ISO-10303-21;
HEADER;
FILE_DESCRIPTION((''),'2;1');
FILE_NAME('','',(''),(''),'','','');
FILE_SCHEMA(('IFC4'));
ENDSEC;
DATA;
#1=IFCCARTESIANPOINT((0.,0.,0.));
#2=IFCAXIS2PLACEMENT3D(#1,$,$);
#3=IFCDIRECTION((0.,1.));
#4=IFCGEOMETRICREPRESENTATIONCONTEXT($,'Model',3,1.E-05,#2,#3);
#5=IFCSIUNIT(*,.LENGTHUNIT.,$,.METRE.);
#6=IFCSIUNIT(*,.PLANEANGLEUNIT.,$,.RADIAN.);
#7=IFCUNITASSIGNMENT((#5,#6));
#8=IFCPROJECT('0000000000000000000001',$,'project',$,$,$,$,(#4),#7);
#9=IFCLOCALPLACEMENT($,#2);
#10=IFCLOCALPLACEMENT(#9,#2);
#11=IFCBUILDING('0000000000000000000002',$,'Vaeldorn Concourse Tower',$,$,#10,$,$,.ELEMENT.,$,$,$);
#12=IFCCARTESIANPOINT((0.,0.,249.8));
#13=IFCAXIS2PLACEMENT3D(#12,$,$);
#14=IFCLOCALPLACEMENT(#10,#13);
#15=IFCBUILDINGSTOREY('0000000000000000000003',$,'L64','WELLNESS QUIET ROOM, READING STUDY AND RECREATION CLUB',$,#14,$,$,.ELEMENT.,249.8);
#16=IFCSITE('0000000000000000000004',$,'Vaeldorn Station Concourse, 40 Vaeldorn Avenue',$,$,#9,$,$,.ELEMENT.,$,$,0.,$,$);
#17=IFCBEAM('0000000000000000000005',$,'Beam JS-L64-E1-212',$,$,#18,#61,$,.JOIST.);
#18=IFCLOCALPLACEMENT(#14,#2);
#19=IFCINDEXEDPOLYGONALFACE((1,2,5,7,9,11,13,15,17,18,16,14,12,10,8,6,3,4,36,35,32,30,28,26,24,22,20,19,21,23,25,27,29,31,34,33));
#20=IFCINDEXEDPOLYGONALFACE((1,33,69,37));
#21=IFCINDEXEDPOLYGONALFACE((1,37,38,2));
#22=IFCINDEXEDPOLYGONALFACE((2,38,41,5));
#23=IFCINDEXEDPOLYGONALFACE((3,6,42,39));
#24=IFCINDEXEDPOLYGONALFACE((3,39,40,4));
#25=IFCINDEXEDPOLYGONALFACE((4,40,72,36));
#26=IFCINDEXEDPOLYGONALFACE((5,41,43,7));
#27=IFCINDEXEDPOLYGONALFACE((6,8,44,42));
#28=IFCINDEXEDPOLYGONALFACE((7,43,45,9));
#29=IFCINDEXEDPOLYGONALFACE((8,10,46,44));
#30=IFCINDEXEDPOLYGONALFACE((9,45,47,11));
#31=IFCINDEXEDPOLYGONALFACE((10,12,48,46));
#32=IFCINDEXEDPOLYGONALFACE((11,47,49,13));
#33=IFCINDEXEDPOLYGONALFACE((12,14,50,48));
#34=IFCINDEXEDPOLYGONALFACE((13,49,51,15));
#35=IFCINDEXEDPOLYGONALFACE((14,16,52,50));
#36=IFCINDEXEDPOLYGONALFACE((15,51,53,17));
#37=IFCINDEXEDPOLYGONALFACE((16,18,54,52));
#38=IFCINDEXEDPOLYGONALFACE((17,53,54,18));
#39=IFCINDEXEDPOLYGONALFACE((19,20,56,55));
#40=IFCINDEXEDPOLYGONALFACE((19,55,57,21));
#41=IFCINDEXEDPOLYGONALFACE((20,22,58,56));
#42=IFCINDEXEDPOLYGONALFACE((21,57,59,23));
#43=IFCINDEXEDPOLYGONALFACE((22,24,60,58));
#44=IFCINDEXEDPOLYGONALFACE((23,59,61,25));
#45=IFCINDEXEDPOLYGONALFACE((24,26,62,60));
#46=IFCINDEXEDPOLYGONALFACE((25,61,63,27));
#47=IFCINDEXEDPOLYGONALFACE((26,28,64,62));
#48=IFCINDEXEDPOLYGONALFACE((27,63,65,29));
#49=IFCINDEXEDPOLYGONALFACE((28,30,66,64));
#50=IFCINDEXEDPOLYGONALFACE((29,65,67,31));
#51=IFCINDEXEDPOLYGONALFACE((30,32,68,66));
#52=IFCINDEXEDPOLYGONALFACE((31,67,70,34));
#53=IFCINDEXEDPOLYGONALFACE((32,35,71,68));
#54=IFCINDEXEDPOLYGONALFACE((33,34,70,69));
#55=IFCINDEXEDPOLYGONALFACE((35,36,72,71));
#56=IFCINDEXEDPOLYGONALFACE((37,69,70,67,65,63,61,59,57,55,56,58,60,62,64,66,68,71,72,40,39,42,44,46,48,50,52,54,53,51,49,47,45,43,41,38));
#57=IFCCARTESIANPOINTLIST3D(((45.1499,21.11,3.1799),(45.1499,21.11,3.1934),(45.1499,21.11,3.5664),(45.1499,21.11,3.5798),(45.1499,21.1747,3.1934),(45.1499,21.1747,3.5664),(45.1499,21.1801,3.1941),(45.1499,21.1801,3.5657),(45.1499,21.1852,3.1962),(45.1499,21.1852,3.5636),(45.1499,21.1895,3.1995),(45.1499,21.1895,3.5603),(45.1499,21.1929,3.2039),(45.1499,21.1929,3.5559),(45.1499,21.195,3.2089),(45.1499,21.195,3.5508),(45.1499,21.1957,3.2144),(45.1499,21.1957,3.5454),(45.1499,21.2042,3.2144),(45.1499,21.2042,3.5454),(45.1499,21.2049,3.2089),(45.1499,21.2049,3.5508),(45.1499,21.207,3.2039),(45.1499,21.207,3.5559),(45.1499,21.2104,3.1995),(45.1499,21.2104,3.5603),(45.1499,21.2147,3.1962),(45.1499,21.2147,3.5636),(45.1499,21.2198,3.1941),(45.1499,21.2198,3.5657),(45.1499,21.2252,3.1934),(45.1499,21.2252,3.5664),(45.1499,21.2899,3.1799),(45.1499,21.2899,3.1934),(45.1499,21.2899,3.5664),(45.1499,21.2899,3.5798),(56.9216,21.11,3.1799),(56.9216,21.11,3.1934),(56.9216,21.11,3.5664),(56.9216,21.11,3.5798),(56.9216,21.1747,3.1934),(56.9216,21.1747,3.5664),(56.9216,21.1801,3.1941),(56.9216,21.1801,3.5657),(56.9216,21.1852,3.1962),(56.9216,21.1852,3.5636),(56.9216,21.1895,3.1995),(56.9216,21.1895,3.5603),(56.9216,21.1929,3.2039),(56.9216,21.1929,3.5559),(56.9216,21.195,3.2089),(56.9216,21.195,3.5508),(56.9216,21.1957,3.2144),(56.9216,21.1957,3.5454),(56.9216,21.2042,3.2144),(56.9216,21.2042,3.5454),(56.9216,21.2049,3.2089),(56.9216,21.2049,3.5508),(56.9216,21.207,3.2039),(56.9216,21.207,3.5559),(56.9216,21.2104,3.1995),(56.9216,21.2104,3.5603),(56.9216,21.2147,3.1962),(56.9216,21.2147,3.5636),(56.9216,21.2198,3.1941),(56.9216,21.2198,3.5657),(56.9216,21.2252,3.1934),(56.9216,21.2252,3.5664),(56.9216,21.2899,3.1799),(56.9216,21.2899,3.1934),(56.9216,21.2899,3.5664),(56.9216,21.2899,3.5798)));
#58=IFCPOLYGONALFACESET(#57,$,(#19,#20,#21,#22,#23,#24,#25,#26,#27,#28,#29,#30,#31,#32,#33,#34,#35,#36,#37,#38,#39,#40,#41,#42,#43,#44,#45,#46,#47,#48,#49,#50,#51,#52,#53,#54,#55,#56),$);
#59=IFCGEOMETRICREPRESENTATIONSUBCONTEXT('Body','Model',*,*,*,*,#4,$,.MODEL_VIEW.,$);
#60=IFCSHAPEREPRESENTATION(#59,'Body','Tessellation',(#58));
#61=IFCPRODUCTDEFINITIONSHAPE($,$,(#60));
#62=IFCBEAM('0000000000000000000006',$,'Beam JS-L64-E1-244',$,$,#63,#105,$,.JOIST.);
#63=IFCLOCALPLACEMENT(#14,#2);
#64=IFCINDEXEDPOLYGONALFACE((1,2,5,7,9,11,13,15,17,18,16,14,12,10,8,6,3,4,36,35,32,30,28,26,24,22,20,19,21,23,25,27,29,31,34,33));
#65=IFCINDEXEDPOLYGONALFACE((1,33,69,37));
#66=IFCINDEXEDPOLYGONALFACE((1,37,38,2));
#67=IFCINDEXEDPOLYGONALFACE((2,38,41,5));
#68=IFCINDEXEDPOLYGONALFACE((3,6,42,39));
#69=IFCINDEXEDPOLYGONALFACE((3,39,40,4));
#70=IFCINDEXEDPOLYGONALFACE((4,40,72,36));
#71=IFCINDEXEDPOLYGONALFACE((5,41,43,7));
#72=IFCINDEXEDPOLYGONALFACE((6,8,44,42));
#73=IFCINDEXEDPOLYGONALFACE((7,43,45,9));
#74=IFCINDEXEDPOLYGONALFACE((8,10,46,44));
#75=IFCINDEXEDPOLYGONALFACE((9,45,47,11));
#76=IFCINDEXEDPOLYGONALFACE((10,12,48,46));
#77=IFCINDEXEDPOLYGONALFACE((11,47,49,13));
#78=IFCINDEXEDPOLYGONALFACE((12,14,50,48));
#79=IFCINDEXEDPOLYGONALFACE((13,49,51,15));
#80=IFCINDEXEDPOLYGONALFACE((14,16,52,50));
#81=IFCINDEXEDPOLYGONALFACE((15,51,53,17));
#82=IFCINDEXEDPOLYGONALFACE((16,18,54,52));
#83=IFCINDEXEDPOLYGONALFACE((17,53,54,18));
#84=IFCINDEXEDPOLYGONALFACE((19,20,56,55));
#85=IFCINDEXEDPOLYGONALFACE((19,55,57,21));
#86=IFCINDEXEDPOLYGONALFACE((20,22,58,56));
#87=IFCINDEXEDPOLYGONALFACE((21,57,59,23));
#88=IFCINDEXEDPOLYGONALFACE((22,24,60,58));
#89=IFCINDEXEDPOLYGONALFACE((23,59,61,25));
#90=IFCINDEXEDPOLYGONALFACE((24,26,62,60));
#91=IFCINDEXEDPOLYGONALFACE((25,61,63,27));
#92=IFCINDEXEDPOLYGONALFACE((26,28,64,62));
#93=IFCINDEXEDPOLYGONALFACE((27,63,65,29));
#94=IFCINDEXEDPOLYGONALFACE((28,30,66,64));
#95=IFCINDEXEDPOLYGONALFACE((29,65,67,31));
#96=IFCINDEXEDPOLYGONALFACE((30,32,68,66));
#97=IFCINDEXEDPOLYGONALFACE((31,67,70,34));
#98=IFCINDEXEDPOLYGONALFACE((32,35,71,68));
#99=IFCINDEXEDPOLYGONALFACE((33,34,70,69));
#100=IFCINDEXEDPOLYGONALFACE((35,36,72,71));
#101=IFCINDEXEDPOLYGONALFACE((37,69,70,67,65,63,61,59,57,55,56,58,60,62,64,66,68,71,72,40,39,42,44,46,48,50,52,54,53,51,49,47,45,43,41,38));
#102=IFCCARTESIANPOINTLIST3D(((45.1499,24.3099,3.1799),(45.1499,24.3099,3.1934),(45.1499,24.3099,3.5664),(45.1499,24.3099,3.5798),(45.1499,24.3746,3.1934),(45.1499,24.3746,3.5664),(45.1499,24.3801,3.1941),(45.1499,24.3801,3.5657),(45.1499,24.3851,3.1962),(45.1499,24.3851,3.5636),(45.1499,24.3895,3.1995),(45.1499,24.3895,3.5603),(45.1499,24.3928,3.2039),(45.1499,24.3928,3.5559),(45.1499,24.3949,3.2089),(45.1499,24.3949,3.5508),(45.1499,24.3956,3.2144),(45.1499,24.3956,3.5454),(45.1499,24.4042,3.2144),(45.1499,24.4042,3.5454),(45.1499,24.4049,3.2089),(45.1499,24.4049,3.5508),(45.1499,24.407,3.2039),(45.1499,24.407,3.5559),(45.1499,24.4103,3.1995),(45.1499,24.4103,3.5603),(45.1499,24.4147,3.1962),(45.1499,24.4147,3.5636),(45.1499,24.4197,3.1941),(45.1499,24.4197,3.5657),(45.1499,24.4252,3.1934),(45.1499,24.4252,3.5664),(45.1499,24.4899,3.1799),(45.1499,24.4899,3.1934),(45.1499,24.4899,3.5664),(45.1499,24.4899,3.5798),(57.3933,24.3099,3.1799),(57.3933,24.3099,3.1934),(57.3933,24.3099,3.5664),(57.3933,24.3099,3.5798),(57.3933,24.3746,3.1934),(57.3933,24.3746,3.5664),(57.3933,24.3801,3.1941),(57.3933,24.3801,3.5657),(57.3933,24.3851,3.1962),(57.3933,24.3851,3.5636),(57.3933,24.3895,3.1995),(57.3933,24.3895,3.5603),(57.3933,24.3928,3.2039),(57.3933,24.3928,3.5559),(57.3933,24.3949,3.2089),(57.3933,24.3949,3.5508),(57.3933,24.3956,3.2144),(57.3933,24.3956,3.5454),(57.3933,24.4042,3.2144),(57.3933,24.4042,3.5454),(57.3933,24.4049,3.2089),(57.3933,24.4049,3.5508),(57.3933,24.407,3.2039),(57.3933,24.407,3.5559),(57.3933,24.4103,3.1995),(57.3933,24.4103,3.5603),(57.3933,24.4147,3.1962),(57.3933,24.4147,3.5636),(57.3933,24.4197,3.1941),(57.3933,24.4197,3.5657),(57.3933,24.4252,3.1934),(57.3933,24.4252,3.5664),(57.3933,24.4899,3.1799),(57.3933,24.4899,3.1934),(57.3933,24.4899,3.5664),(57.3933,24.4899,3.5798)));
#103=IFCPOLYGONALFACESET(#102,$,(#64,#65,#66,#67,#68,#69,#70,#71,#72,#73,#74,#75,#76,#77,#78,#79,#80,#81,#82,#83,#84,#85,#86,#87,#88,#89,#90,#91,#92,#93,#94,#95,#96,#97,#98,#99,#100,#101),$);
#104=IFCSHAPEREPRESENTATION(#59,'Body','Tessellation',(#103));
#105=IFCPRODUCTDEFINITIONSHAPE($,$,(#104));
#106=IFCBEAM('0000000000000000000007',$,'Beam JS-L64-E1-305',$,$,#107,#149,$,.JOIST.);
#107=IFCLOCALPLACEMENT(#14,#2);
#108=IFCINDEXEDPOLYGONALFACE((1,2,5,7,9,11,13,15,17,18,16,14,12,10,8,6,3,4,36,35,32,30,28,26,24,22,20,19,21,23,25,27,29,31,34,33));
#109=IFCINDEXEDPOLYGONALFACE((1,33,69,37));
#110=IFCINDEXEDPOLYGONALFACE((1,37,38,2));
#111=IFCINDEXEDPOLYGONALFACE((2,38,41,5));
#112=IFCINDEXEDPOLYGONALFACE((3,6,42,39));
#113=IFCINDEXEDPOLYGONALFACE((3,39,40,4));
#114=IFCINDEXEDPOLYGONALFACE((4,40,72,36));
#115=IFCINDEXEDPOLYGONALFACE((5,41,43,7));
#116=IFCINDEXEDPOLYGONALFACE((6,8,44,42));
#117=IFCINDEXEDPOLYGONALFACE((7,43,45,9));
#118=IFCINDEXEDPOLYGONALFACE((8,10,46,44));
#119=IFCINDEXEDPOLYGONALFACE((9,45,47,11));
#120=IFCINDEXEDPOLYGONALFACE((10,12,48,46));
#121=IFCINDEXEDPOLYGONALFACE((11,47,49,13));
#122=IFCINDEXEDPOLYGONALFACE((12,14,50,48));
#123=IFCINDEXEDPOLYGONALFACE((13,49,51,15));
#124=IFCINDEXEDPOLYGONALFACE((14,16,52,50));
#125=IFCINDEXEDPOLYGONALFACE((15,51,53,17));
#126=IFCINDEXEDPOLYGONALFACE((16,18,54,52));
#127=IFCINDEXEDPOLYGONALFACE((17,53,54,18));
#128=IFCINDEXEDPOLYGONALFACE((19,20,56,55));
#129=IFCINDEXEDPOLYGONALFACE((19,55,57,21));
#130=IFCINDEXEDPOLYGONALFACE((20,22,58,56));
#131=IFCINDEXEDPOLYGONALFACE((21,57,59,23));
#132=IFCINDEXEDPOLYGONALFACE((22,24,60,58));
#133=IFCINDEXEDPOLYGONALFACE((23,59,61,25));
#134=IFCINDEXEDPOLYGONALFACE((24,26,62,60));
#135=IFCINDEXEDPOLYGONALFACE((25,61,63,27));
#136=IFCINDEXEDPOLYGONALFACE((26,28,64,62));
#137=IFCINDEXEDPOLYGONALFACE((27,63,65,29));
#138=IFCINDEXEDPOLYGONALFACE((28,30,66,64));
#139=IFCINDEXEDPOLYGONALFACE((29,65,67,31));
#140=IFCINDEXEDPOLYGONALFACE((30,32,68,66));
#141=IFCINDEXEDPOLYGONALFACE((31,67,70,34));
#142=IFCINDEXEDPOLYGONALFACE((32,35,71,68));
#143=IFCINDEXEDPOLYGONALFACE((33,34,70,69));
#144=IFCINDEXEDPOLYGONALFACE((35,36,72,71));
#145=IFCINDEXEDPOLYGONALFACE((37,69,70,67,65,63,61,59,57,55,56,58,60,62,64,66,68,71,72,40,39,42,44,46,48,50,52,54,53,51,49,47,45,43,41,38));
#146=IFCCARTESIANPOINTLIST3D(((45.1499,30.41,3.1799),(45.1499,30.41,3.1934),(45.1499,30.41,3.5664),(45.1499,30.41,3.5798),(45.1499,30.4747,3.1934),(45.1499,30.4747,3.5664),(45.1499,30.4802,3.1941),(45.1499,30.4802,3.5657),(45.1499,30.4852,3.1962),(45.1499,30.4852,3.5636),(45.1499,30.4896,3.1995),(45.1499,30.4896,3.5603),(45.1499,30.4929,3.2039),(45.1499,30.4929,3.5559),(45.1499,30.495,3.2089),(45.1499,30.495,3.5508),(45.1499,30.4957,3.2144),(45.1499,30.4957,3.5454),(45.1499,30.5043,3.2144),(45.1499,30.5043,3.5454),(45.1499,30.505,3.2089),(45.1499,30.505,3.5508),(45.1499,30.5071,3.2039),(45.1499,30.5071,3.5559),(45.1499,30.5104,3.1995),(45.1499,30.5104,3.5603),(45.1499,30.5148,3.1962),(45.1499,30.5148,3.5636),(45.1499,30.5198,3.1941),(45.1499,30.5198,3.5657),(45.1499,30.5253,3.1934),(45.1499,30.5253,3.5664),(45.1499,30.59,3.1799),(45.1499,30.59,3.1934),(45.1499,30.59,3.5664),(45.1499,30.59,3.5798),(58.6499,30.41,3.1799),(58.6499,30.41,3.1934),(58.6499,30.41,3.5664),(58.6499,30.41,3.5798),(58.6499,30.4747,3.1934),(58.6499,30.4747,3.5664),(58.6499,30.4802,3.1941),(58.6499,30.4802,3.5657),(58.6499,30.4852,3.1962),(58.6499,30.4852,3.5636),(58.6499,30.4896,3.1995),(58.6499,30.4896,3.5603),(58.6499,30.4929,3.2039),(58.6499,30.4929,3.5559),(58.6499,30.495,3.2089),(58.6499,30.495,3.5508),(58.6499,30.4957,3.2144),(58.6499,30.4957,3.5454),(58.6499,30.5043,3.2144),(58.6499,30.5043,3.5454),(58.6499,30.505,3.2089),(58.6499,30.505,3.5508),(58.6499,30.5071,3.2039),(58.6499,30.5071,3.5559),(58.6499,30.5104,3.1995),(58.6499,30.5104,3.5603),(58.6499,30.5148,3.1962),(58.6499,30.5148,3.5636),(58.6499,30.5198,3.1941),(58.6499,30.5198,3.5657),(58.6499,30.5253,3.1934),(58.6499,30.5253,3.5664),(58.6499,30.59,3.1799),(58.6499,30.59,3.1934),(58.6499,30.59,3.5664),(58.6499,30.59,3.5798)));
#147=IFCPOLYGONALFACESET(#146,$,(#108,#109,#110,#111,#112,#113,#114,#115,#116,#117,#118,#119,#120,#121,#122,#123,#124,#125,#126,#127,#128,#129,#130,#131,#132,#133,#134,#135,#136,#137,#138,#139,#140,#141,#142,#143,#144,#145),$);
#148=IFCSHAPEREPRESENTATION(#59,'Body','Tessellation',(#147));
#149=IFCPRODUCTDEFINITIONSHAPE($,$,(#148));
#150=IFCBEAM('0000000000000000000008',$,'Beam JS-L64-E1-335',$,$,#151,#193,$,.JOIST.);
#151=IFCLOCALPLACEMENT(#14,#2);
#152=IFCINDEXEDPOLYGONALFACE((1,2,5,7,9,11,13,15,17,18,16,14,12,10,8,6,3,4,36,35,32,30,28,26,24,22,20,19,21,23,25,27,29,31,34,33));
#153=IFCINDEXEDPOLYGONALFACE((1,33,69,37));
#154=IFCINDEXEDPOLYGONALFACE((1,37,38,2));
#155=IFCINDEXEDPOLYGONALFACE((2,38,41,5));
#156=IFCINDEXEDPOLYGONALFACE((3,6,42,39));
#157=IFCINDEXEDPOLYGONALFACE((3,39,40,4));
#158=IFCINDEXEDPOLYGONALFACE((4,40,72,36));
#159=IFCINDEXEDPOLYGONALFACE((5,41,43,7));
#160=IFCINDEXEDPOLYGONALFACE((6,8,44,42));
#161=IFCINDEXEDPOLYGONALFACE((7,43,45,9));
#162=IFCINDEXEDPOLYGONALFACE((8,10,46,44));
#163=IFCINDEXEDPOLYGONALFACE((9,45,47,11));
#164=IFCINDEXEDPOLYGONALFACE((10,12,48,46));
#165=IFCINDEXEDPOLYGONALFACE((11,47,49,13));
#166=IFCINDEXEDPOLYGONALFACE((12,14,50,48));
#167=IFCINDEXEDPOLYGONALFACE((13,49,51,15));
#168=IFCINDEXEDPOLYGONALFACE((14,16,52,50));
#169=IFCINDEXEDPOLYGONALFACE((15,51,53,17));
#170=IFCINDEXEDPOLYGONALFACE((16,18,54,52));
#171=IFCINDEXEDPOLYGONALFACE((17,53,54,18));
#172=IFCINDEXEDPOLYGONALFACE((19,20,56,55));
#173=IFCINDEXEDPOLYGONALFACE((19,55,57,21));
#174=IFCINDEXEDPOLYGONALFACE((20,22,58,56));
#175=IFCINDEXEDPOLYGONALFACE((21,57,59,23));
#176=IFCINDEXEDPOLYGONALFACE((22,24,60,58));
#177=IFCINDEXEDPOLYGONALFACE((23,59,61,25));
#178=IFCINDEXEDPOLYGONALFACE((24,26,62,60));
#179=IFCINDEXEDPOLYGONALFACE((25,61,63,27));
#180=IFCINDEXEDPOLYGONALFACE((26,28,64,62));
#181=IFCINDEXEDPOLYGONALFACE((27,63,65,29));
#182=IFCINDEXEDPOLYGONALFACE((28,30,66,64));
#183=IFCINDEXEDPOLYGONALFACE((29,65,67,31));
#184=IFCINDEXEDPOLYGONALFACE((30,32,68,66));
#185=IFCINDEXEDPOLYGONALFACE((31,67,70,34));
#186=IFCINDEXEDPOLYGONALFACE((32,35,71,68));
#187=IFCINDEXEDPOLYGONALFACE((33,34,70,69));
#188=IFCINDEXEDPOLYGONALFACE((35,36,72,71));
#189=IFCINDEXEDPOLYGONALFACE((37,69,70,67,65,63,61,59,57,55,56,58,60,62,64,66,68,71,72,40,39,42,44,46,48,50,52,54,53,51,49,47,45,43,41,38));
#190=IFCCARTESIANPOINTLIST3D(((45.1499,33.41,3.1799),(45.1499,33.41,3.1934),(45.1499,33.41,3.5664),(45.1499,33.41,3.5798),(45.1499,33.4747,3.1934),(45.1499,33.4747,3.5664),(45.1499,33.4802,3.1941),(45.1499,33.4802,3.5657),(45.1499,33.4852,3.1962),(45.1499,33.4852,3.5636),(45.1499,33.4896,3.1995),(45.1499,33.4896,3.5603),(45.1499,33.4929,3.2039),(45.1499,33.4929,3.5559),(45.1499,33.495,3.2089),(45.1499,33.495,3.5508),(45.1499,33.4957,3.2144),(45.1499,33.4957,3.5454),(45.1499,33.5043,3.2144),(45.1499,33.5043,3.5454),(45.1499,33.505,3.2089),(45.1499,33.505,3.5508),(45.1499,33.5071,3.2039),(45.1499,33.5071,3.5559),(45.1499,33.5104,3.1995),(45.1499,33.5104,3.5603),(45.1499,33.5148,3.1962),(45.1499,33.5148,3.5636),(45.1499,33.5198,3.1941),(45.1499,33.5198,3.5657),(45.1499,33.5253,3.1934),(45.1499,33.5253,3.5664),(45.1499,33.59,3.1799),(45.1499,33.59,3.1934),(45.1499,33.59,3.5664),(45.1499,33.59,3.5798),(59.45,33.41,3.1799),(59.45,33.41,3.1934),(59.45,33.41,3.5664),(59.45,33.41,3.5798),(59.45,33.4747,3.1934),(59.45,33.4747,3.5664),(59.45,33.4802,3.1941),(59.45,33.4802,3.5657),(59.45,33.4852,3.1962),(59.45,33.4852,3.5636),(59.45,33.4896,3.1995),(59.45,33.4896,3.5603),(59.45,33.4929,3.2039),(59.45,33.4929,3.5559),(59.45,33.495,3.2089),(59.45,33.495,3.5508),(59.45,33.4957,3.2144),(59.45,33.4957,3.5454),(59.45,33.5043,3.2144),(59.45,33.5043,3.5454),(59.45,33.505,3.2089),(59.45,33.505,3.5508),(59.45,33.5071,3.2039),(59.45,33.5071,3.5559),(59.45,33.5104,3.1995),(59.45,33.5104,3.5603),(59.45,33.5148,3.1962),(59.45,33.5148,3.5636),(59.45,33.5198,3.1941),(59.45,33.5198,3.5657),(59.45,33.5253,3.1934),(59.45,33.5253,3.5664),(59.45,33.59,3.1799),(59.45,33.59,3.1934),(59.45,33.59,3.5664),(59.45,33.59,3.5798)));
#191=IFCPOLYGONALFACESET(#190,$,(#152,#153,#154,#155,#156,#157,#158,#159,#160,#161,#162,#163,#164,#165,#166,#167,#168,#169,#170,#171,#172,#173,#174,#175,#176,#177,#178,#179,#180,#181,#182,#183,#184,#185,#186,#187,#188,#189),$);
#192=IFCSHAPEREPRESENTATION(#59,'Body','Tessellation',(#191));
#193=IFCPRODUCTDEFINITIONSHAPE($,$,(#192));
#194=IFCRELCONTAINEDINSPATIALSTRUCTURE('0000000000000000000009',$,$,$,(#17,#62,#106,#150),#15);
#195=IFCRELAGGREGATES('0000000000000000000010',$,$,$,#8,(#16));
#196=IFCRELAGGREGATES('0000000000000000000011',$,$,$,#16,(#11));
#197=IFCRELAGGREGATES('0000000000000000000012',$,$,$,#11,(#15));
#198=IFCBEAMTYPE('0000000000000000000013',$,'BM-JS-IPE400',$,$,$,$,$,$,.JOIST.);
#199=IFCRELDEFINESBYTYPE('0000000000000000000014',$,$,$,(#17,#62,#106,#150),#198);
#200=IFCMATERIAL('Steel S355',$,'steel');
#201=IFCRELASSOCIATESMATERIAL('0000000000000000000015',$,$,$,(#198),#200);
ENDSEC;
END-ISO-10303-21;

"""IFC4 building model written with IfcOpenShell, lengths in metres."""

from ifc_helpers import new_model, si_unit, direction, frame, origin, origin_2d, place, context, subcontext, project, spatial, i_section, extrude, source, transform, mapped, material, material_profile, profile_set, type_object, element, save


model = new_model("IFC4")

# Units and contexts
model_context = context("Model", 3, precision=1e-05, world=origin(), true_north=direction((0.0, 1.0)))
body_context = subcontext(model_context, "Body", "Model", "MODEL_VIEW")
ifc_project = project(units=[si_unit("LENGTHUNIT", "METRE"), si_unit("PLANEANGLEUNIT", "RADIAN")], contexts=[model_context])

# Site, building, storey
site_placement = place(None, origin())
site = spatial("IfcSite", under=ifc_project, at=site_placement, Name="Vaeldorn Station Concourse, 40 Vaeldorn Avenue", CompositionType="ELEMENT", RefElevation=0.0)
building_placement = place(site_placement, origin())
building = spatial("IfcBuilding", under=site, at=building_placement, Name="Vaeldorn Concourse Tower", CompositionType="ELEMENT")
storey_placement = place(building_placement, frame((0.0, 0.0, 249.8)))
storey = spatial("IfcBuildingStorey", under=building, at=storey_placement, Name="L64", Description="WELLNESS QUIET ROOM, READING STUDY AND RECREATION CLUB", CompositionType="ELEMENT", Elevation=249.8)

# Shared definitions
ifc_material_1 = material(Name="Steel S355", Category="steel")

# Beams
ifc_material_profile_1 = material_profile(ifc_material_1, i_section(OverallWidth=0.1799, OverallDepth=0.3999, WebThickness=0.0085, FlangeThickness=0.0134, FilletRadius=0.021, at=origin_2d()), Name="IPE 400")
ifc_profile_set_1 = profile_set([ifc_material_profile_1], Name="Steel S355")
beam_type_1 = type_object("IfcBeamType", Name="BM-JS-IPE400", PredefinedType="JOIST", material=ifc_profile_set_1)
shared_shape_1 = source(origin(), body_context, "Body", "SweptSolid", [
    extrude(i_section(OverallWidth=0.1799, OverallDepth=0.3999, WebThickness=0.0085, FlangeThickness=0.0134, FilletRadius=0.021, at=origin_2d()), origin(), (0.0, 0.0, 1.0), 11.7717),
])
beam_1_placement = place(storey_placement, frame((45.1499, 21.2, 3.3799), z_axis=(1.0, 0.0, 0.0), x_axis=(0.0, 1.0, 0.0)))
element("IfcBeam", 1, at=beam_1_placement, inside=storey, type_object=beam_type_1, Name="Beam JS-L64-E1-212", PredefinedType="JOIST", context=body_context, shape_type="MappedRepresentation", body=[
    mapped(shared_shape_1, transform((0.0, 0.0, 0.0), scale=1.0)),
])
shared_shape_2 = source(origin(), body_context, "Body", "SweptSolid", [
    extrude(i_section(OverallWidth=0.1799, OverallDepth=0.3999, WebThickness=0.0085, FlangeThickness=0.0134, FilletRadius=0.021, at=origin_2d()), origin(), (0.0, 0.0, 1.0), 12.2434),
])
beam_2_placement = place(storey_placement, frame((45.1499, 24.3999, 3.3799), z_axis=(1.0, 0.0, 0.0), x_axis=(0.0, 1.0, 0.0)))
element("IfcBeam", 2, at=beam_2_placement, inside=storey, type_object=beam_type_1, Name="Beam JS-L64-E1-244", PredefinedType="JOIST", context=body_context, shape_type="MappedRepresentation", body=[
    mapped(shared_shape_2, transform((0.0, 0.0, 0.0), scale=1.0)),
])
shared_shape_3 = source(origin(), body_context, "Body", "SweptSolid", [
    extrude(i_section(OverallWidth=0.1799, OverallDepth=0.3999, WebThickness=0.0085, FlangeThickness=0.0134, FilletRadius=0.021, at=origin_2d()), origin(), (0.0, 0.0, 1.0), 13.5),
])
beam_3_placement = place(storey_placement, frame((45.1499, 30.5, 3.3799), z_axis=(1.0, 0.0, 0.0), x_axis=(0.0, 1.0, 0.0)))
element("IfcBeam", 3, at=beam_3_placement, inside=storey, type_object=beam_type_1, Name="Beam JS-L64-E1-305", PredefinedType="JOIST", context=body_context, shape_type="MappedRepresentation", body=[
    mapped(shared_shape_3, transform((0.0, 0.0, 0.0), scale=1.0)),
])
shared_shape_4 = source(origin(), body_context, "Body", "SweptSolid", [
    extrude(i_section(OverallWidth=0.1799, OverallDepth=0.3999, WebThickness=0.0085, FlangeThickness=0.0134, FilletRadius=0.021, at=origin_2d()), origin(), (0.0, 0.0, 1.0), 14.3),
])
beam_4_placement = place(storey_placement, frame((45.1499, 33.5, 3.3799), z_axis=(1.0, 0.0, 0.0), x_axis=(0.0, 1.0, 0.0)))
element("IfcBeam", 4, at=beam_4_placement, inside=storey, type_object=beam_type_1, Name="Beam JS-L64-E1-335", PredefinedType="JOIST", context=body_context, shape_type="MappedRepresentation", body=[
    mapped(shared_shape_4, transform((0.0, 0.0, 0.0), scale=1.0)),
])

save(model, "model.ifc")
